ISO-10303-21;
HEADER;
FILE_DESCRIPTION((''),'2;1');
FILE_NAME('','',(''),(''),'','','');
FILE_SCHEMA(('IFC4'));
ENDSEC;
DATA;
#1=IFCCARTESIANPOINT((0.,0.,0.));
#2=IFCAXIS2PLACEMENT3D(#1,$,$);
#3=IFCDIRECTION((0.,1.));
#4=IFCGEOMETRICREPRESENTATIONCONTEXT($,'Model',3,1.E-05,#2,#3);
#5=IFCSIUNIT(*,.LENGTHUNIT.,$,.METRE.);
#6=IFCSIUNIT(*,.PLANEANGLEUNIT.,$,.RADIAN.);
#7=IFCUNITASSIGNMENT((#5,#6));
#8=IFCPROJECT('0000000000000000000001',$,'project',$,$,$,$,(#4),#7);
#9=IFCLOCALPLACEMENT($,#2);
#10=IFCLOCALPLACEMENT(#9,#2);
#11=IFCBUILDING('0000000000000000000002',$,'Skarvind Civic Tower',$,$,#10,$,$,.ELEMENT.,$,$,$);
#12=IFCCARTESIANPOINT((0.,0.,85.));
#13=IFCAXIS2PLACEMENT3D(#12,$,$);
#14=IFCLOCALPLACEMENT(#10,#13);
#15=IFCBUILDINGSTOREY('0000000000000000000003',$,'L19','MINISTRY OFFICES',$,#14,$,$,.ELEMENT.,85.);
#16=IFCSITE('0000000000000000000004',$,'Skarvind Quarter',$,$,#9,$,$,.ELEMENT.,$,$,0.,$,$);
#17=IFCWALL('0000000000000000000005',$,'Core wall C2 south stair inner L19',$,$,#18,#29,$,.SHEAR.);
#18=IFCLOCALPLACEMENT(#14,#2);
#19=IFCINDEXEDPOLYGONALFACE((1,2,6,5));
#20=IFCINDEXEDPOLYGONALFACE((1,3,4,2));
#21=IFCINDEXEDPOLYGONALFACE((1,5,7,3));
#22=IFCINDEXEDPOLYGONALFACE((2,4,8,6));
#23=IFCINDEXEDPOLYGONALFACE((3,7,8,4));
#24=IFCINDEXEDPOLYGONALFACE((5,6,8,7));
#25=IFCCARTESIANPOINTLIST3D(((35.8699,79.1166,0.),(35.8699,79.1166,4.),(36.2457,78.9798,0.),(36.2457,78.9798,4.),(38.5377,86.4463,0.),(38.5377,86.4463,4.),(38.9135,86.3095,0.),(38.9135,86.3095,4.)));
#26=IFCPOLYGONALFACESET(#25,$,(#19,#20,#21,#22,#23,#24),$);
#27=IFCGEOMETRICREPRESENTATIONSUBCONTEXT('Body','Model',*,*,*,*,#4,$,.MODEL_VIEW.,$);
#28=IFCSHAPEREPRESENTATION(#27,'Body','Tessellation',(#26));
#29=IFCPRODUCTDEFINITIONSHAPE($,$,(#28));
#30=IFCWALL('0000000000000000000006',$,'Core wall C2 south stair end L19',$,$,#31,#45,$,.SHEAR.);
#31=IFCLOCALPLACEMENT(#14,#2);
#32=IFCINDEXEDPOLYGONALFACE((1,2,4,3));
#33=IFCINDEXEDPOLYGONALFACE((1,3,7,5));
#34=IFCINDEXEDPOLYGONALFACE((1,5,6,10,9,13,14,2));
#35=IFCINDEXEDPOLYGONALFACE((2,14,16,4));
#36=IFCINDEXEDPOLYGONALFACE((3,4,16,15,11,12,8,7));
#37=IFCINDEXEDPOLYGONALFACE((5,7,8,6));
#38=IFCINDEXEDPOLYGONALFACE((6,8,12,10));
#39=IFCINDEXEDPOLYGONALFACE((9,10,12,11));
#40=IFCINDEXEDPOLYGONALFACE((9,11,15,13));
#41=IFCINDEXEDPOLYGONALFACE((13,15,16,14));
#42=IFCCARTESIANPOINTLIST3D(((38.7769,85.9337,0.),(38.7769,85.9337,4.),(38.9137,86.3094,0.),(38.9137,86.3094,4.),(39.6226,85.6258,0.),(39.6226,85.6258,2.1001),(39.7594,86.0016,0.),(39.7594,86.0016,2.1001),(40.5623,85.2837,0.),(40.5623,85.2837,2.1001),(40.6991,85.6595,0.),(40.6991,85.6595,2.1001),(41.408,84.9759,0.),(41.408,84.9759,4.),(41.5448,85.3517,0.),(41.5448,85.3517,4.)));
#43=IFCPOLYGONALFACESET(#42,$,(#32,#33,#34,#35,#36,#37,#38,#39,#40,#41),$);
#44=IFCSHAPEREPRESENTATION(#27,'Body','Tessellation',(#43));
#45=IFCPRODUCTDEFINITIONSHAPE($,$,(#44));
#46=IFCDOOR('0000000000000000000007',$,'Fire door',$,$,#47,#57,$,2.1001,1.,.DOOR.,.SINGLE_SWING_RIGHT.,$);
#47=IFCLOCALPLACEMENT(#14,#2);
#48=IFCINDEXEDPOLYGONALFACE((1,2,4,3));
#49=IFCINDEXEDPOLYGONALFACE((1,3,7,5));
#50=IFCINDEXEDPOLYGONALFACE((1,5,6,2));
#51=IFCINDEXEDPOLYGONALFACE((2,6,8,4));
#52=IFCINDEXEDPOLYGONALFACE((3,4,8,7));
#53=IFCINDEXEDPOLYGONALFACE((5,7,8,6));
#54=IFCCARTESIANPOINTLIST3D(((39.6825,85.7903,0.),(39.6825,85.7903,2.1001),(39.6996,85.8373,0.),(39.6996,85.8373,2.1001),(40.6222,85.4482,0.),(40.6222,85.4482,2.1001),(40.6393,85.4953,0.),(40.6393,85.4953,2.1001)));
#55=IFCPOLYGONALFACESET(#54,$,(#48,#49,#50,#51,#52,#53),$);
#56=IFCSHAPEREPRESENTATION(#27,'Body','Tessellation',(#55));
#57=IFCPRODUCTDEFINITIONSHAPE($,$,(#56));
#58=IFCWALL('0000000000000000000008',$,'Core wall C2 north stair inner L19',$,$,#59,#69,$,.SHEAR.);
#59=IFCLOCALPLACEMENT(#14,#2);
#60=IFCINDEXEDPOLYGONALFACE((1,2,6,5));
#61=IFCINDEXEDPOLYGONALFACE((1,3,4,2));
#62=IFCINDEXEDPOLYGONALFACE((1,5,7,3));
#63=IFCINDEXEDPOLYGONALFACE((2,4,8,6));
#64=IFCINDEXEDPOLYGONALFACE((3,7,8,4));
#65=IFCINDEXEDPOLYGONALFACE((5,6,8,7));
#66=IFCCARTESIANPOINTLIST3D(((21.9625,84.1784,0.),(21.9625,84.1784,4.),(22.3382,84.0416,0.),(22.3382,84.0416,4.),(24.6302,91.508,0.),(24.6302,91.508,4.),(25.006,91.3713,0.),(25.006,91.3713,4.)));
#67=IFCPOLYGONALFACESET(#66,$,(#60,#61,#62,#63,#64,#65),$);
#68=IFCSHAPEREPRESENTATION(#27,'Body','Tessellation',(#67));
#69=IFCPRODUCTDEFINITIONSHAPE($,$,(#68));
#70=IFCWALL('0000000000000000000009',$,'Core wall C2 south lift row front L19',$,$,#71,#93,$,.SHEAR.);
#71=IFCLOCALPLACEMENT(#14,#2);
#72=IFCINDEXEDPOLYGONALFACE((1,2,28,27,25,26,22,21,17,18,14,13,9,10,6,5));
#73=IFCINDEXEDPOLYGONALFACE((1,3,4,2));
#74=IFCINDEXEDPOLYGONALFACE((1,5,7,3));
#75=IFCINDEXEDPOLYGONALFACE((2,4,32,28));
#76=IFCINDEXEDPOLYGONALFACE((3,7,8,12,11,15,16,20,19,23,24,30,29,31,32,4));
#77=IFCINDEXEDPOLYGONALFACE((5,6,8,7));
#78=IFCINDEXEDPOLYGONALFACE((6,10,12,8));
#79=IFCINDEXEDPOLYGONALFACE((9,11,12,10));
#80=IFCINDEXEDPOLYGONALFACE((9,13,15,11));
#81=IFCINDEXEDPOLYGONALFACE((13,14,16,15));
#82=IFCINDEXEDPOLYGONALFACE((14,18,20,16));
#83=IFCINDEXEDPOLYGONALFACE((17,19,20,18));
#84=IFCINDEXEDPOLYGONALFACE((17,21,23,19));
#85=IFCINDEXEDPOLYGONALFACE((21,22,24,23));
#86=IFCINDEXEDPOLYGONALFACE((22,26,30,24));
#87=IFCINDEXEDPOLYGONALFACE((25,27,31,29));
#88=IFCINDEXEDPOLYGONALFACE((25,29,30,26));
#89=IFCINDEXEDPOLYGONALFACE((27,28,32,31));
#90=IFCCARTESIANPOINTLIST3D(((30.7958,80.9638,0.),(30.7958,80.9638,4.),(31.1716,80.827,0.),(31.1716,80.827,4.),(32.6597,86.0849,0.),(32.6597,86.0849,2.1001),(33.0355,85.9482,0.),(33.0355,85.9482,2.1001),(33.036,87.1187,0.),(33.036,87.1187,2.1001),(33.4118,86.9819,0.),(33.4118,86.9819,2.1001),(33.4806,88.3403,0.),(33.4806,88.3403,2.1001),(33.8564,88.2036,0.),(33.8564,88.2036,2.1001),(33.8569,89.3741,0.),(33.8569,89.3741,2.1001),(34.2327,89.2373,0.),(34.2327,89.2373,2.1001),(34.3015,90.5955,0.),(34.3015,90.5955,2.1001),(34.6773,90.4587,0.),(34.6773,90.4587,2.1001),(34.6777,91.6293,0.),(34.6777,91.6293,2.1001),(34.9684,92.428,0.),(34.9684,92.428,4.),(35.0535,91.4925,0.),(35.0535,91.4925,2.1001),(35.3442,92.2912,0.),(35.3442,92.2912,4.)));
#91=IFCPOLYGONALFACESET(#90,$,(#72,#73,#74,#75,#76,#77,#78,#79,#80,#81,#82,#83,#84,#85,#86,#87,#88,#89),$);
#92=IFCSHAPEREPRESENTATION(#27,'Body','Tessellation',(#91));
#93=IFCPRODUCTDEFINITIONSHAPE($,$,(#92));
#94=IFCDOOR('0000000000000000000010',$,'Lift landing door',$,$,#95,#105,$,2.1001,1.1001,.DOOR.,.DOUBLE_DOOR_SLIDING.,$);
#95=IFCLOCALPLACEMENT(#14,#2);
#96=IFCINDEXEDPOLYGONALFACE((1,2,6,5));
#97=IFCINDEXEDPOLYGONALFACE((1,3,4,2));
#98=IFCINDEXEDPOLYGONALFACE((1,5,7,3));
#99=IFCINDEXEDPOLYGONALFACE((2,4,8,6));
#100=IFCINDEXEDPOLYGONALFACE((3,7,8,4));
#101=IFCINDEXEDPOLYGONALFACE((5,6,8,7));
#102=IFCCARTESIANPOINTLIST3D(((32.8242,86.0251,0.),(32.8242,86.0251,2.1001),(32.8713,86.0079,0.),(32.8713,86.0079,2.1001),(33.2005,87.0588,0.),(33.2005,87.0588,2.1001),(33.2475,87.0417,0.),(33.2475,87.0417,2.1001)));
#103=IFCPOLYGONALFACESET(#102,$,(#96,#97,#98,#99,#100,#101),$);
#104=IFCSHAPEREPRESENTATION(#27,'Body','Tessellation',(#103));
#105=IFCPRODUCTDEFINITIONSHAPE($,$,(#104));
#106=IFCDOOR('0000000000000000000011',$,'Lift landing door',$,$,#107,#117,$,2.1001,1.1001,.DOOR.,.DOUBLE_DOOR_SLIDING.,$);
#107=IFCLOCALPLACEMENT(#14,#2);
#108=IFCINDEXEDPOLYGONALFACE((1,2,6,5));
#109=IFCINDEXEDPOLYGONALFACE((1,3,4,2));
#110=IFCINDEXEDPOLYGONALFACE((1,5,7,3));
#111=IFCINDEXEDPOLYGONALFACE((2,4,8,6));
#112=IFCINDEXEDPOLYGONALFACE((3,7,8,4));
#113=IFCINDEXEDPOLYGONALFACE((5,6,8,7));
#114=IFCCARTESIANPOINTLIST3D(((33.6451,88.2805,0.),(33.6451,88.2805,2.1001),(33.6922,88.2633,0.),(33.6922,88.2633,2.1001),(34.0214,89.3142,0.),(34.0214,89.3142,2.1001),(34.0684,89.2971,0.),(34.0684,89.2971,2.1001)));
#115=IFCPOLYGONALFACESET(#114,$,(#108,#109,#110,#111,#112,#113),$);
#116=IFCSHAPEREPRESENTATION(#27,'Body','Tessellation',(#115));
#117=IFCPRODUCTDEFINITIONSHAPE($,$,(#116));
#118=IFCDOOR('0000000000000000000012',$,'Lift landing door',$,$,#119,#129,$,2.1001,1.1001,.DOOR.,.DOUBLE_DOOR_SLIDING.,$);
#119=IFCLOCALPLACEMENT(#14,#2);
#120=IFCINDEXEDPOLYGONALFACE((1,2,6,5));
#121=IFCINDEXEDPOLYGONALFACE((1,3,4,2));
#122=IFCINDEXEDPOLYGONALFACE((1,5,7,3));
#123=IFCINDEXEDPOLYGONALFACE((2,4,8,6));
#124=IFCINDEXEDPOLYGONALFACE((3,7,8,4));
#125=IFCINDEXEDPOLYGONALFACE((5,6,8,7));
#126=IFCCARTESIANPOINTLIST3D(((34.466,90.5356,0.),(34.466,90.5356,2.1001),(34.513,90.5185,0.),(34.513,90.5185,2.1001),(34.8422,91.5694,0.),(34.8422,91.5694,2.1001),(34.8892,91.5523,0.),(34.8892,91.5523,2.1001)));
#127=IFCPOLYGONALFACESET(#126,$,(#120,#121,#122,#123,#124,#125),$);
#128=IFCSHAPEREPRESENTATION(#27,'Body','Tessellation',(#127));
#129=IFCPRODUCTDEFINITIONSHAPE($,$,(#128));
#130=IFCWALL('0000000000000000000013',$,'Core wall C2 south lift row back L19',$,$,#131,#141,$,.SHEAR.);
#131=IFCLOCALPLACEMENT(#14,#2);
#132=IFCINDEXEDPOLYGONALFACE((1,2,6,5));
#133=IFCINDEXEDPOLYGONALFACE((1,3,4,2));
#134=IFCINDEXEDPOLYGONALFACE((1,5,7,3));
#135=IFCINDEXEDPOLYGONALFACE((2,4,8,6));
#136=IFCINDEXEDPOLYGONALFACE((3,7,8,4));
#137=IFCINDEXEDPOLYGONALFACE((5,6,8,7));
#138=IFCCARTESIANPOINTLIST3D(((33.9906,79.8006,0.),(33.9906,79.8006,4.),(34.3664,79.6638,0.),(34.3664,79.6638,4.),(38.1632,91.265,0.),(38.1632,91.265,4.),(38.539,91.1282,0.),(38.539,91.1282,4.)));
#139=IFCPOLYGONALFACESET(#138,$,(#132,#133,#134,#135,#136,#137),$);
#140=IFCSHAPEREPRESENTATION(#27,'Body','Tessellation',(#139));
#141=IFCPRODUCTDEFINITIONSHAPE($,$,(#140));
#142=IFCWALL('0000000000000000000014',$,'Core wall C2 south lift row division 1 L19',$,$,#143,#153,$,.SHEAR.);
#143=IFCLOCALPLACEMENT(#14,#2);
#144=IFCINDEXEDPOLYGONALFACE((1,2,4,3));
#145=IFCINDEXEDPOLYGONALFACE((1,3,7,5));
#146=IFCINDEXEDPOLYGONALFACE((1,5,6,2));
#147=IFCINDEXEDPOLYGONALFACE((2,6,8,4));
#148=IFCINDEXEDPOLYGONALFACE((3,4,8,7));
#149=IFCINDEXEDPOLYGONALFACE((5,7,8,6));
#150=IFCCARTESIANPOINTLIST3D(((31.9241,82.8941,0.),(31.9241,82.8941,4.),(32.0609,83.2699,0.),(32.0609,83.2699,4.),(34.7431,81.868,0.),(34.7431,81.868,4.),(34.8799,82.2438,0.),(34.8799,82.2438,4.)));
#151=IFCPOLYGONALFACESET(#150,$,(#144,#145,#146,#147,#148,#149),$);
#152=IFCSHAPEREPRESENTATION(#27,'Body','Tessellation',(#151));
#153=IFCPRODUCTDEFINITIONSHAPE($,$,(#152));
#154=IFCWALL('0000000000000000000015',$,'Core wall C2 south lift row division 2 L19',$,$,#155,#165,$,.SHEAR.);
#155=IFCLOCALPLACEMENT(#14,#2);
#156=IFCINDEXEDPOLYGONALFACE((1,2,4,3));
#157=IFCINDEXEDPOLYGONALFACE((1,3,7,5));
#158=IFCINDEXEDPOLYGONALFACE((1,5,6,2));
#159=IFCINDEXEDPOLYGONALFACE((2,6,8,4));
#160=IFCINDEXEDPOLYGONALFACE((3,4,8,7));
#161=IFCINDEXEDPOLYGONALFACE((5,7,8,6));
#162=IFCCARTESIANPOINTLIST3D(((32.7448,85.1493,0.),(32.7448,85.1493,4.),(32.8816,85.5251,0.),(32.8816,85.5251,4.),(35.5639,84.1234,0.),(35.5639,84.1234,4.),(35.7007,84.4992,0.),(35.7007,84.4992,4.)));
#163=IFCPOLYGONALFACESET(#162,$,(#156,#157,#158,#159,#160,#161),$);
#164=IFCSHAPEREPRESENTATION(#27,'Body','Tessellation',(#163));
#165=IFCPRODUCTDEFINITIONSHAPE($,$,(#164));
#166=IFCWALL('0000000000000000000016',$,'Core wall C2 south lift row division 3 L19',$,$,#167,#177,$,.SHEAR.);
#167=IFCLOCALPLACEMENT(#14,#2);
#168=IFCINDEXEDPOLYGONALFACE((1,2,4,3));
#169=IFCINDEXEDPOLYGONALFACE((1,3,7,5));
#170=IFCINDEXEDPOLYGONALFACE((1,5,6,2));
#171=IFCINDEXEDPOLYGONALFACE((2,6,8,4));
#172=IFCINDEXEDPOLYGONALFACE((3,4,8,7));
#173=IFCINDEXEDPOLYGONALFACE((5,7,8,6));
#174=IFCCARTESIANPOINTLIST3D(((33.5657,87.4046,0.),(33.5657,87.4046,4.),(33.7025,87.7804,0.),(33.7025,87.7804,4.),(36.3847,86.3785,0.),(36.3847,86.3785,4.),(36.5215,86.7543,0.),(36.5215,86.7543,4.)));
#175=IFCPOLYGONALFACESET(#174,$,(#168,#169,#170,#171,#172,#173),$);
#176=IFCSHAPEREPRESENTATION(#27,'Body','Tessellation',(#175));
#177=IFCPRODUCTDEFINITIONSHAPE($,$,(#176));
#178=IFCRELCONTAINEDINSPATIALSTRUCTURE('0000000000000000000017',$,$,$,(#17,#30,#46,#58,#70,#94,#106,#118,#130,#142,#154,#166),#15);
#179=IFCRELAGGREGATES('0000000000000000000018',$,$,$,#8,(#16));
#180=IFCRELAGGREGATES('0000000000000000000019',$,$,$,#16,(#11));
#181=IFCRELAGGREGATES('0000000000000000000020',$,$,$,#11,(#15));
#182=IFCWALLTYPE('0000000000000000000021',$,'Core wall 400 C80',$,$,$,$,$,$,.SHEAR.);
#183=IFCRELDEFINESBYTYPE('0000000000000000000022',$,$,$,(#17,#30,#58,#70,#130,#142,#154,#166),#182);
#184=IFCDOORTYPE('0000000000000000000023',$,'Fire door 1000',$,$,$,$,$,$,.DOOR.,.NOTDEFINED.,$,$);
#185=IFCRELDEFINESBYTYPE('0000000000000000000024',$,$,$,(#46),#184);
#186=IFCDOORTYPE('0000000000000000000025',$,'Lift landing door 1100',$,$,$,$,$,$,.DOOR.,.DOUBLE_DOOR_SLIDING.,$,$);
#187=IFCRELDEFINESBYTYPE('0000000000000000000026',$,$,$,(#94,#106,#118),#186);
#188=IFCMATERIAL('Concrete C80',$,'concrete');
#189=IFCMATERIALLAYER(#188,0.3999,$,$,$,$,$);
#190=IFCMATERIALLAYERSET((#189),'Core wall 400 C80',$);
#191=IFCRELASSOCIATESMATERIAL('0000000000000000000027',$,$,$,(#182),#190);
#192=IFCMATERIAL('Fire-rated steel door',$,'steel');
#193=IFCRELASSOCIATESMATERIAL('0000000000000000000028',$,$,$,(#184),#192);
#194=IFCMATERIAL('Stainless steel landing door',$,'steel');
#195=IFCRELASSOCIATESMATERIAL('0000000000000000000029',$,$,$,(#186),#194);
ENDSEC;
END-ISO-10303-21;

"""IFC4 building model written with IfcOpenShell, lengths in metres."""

from ifc_helpers import new_model, si_unit, direction, frame, frame_2d, origin, place, context, subcontext, project, spatial, rectangle, extrude, material, layer, layer_set, type_object, element, fill, save


model = new_model("IFC4")

# Units and contexts
model_context = context("Model", 3, precision=1e-05, world=origin(), true_north=direction((0.0, 1.0)))
body_context = subcontext(model_context, "Body", "Model", "MODEL_VIEW")
ifc_project = project(units=[si_unit("LENGTHUNIT", "METRE"), si_unit("PLANEANGLEUNIT", "RADIAN")], contexts=[model_context])

# Site, building, storey
site_placement = place(None, origin())
site = spatial("IfcSite", under=ifc_project, at=site_placement, Name="Skarvind Quarter", CompositionType="ELEMENT", RefElevation=0.0)
building_placement = place(site_placement, origin())
building = spatial("IfcBuilding", under=site, at=building_placement, Name="Skarvind Civic Tower", CompositionType="ELEMENT")
storey_placement = place(building_placement, frame((0.0, 0.0, 85.0)))
storey = spatial("IfcBuildingStorey", under=building, at=storey_placement, Name="L19", Description="MINISTRY OFFICES", CompositionType="ELEMENT", Elevation=85.0)

# Wall
ifc_material_1 = material(Name="Concrete C80", Category="concrete")
ifc_layer_1 = layer(ifc_material_1, 0.3999)
ifc_layer_set_1 = layer_set([ifc_layer_1], Name="Core wall 400 C80")
wall_type_1 = type_object("IfcWallType", Name="Core wall 400 C80", PredefinedType="SHEAR", material=ifc_layer_set_1)
wall_1_placement = place(storey_placement, frame((36.0579, 79.0483, 0.0), z_axis=(0.0, 0.0, 1.0), x_axis=(0.342017, 0.939694, 0.0)))
element("IfcWall", 1, at=wall_1_placement, inside=storey, type_object=wall_type_1, Name="Core wall C2 south stair inner L19", PredefinedType="SHEAR", context=body_context, shape_type="SweptSolid", body=[
    extrude(rectangle(XDim=7.8, YDim=0.3999, at=frame_2d((3.8999, 0.0))), origin(), (0.0, 0.0, 1.0), 4.0),
])

# Wall, opening, door
wall_2_placement = place(storey_placement, frame((41.4763, 85.1638, 0.0), z_axis=(0.0, 0.0, 1.0), x_axis=(-0.939679, 0.342058, 0.0)))
wall_2 = element("IfcWall", 2, at=wall_2_placement, inside=storey, type_object=wall_type_1, Name="Core wall C2 south stair end L19", PredefinedType="SHEAR", context=body_context, shape_type="SweptSolid", body=[
    extrude(rectangle(XDim=2.8, YDim=0.3999, at=frame_2d((1.3999, 0.0))), origin(), (0.0, 0.0, 1.0), 4.0),
])
opening_1_placement = place(wall_2_placement, frame((0.8999, 0.0, 0.0)))
opening_1 = element("IfcOpeningElement", 3, at=opening_1_placement, cuts=wall_2, PredefinedType="OPENING", context=body_context, shape_type="SweptSolid", body=[
    extrude(rectangle(XDim=1.0, YDim=2.1001, at=frame_2d((0.5, 1.05))), frame((0.0, 0.21, 0.0), z_axis=(0.0, -1.0, 0.0), x_axis=(1.0, 0.0, 0.0)), (0.0, 0.0, 1.0), 0.4199),
])
ifc_material_2 = material(Name="Fire-rated steel door", Category="steel")
door_type_1 = type_object("IfcDoorType", Name="Fire door 1000", OperationType="NOTDEFINED", PredefinedType="DOOR", material=ifc_material_2)
door_1_placement = place(opening_1_placement, origin())
door_1 = element("IfcDoor", 4, at=door_1_placement, inside=storey, type_object=door_type_1, Name="Fire door", OperationType="SINGLE_SWING_RIGHT", OverallHeight=2.1001, OverallWidth=1.0, PredefinedType="DOOR", context=body_context, shape_type="SweptSolid", body=[
    extrude(rectangle(XDim=1.0, YDim=2.1001, at=frame_2d((0.5, 1.05))), frame((0.0, 0.0249, 0.0), z_axis=(0.0, -1.0, 0.0), x_axis=(1.0, 0.0, 0.0)), (0.0, 0.0, 1.0), 0.05),
])
fill(opening_1, door_1)

# Wall
wall_3_placement = place(storey_placement, frame((22.1504, 84.1101, 0.0), z_axis=(0.0, 0.0, 1.0), x_axis=(0.342017, 0.939694, 0.0)))
element("IfcWall", 5, at=wall_3_placement, inside=storey, type_object=wall_type_1, Name="Core wall C2 north stair inner L19", PredefinedType="SHEAR", context=body_context, shape_type="SweptSolid", body=[
    extrude(rectangle(XDim=7.8, YDim=0.3999, at=frame_2d((3.8999, 0.0))), origin(), (0.0, 0.0, 1.0), 4.0),
])

# Wall, openings, doors
wall_4_placement = place(storey_placement, frame((30.9836, 80.8953, 0.0), z_axis=(0.0, 0.0, 1.0), x_axis=(0.342021, 0.939692, 0.0)))
wall_4 = element("IfcWall", 6, at=wall_4_placement, inside=storey, type_object=wall_type_1, Name="Core wall C2 south lift row front L19", PredefinedType="SHEAR", context=body_context, shape_type="SweptSolid", body=[
    extrude(rectangle(XDim=12.2, YDim=0.3999, at=frame_2d((6.1001, 0.0))), origin(), (0.0, 0.0, 1.0), 4.0),
])
opening_2_placement = place(wall_4_placement, frame((5.45, 0.0, 0.0)))
opening_2 = element("IfcOpeningElement", 7, at=opening_2_placement, cuts=wall_4, PredefinedType="OPENING", context=body_context, shape_type="SweptSolid", body=[
    extrude(rectangle(XDim=1.1001, YDim=2.1001, at=frame_2d((0.55, 1.05))), frame((0.0, 0.21, 0.0), z_axis=(0.0, -1.0, 0.0), x_axis=(1.0, 0.0, 0.0)), (0.0, 0.0, 1.0), 0.4199),
])
opening_3_placement = place(wall_4_placement, frame((7.8501, 0.0, 0.0)))
opening_3 = element("IfcOpeningElement", 8, at=opening_3_placement, cuts=wall_4, PredefinedType="OPENING", context=body_context, shape_type="SweptSolid", body=[
    extrude(rectangle(XDim=1.1001, YDim=2.1001, at=frame_2d((0.55, 1.05))), frame((0.0, 0.21, 0.0), z_axis=(0.0, -1.0, 0.0), x_axis=(1.0, 0.0, 0.0)), (0.0, 0.0, 1.0), 0.4199),
])
opening_4_placement = place(wall_4_placement, frame((10.25, 0.0, 0.0)))
opening_4 = element("IfcOpeningElement", 9, at=opening_4_placement, cuts=wall_4, PredefinedType="OPENING", context=body_context, shape_type="SweptSolid", body=[
    extrude(rectangle(XDim=1.1001, YDim=2.1001, at=frame_2d((0.55, 1.05))), frame((0.0, 0.21, 0.0), z_axis=(0.0, -1.0, 0.0), x_axis=(1.0, 0.0, 0.0)), (0.0, 0.0, 1.0), 0.4199),
])
ifc_material_3 = material(Name="Stainless steel landing door", Category="steel")
door_type_2 = type_object("IfcDoorType", Name="Lift landing door 1100", OperationType="DOUBLE_DOOR_SLIDING", PredefinedType="DOOR", material=ifc_material_3)
door_2_placement = place(opening_2_placement, origin())
door_2 = element("IfcDoor", 10, at=door_2_placement, inside=storey, type_object=door_type_2, Name="Lift landing door", OperationType="DOUBLE_DOOR_SLIDING", OverallHeight=2.1001, OverallWidth=1.1001, PredefinedType="DOOR", context=body_context, shape_type="SweptSolid", body=[
    extrude(rectangle(XDim=1.1001, YDim=2.1001, at=frame_2d((0.55, 1.05))), frame((0.0, 0.0249, 0.0), z_axis=(0.0, -1.0, 0.0), x_axis=(1.0, 0.0, 0.0)), (0.0, 0.0, 1.0), 0.05),
])
fill(opening_2, door_2)
door_3_placement = place(opening_3_placement, origin())
door_3 = element("IfcDoor", 11, at=door_3_placement, inside=storey, type_object=door_type_2, Name="Lift landing door", OperationType="DOUBLE_DOOR_SLIDING", OverallHeight=2.1001, OverallWidth=1.1001, PredefinedType="DOOR", context=body_context, shape_type="SweptSolid", body=[
    extrude(rectangle(XDim=1.1001, YDim=2.1001, at=frame_2d((0.55, 1.05))), frame((0.0, 0.0249, 0.0), z_axis=(0.0, -1.0, 0.0), x_axis=(1.0, 0.0, 0.0)), (0.0, 0.0, 1.0), 0.05),
])
fill(opening_3, door_3)
door_4_placement = place(opening_4_placement, origin())
door_4 = element("IfcDoor", 12, at=door_4_placement, inside=storey, type_object=door_type_2, Name="Lift landing door", OperationType="DOUBLE_DOOR_SLIDING", OverallHeight=2.1001, OverallWidth=1.1001, PredefinedType="DOOR", context=body_context, shape_type="SweptSolid", body=[
    extrude(rectangle(XDim=1.1001, YDim=2.1001, at=frame_2d((0.55, 1.05))), frame((0.0, 0.0249, 0.0), z_axis=(0.0, -1.0, 0.0), x_axis=(1.0, 0.0, 0.0)), (0.0, 0.0, 1.0), 0.05),
])
fill(opening_4, door_4)

# Walls
wall_5_placement = place(storey_placement, frame((34.1785, 79.7322, 0.0), z_axis=(0.0, 0.0, 1.0), x_axis=(0.342015, 0.939695, 0.0)))
element("IfcWall", 13, at=wall_5_placement, inside=storey, type_object=wall_type_1, Name="Core wall C2 south lift row back L19", PredefinedType="SHEAR", context=body_context, shape_type="SweptSolid", body=[
    extrude(rectangle(XDim=12.2002, YDim=0.3999, at=frame_2d((6.1001, 0.0))), origin(), (0.0, 0.0, 1.0), 4.0),
])
for number, where, z_axis, x_axis, name in (
    (14, (34.8115, 82.0559, 0.0), (0.0, 0.0, 1.0), (-0.939686, 0.342037, 0.0), "Core wall C2 south lift row division 1 L19"),
    (15, (35.6323, 84.3113, 0.0), (0.0, 0.0, 1.0), (-0.939713, 0.341965, 0.0), "Core wall C2 south lift row division 2 L19"),
    (16, (36.4531, 86.5664, 0.0), (0.0, 0.0, 1.0), (-0.939686, 0.342037, 0.0), "Core wall C2 south lift row division 3 L19"),
):
    element("IfcWall", number, at=place(storey_placement, frame(where, z_axis=z_axis, x_axis=x_axis)), inside=storey, type_object=wall_type_1, Name=name, PredefinedType="SHEAR", context=body_context, shape_type="SweptSolid", body=[
        extrude(rectangle(XDim=3.0, YDim=0.3999, at=frame_2d((1.5, 0.0))), origin(), (0.0, 0.0, 1.0), 4.0),
    ])

save(model, "model.ifc")
